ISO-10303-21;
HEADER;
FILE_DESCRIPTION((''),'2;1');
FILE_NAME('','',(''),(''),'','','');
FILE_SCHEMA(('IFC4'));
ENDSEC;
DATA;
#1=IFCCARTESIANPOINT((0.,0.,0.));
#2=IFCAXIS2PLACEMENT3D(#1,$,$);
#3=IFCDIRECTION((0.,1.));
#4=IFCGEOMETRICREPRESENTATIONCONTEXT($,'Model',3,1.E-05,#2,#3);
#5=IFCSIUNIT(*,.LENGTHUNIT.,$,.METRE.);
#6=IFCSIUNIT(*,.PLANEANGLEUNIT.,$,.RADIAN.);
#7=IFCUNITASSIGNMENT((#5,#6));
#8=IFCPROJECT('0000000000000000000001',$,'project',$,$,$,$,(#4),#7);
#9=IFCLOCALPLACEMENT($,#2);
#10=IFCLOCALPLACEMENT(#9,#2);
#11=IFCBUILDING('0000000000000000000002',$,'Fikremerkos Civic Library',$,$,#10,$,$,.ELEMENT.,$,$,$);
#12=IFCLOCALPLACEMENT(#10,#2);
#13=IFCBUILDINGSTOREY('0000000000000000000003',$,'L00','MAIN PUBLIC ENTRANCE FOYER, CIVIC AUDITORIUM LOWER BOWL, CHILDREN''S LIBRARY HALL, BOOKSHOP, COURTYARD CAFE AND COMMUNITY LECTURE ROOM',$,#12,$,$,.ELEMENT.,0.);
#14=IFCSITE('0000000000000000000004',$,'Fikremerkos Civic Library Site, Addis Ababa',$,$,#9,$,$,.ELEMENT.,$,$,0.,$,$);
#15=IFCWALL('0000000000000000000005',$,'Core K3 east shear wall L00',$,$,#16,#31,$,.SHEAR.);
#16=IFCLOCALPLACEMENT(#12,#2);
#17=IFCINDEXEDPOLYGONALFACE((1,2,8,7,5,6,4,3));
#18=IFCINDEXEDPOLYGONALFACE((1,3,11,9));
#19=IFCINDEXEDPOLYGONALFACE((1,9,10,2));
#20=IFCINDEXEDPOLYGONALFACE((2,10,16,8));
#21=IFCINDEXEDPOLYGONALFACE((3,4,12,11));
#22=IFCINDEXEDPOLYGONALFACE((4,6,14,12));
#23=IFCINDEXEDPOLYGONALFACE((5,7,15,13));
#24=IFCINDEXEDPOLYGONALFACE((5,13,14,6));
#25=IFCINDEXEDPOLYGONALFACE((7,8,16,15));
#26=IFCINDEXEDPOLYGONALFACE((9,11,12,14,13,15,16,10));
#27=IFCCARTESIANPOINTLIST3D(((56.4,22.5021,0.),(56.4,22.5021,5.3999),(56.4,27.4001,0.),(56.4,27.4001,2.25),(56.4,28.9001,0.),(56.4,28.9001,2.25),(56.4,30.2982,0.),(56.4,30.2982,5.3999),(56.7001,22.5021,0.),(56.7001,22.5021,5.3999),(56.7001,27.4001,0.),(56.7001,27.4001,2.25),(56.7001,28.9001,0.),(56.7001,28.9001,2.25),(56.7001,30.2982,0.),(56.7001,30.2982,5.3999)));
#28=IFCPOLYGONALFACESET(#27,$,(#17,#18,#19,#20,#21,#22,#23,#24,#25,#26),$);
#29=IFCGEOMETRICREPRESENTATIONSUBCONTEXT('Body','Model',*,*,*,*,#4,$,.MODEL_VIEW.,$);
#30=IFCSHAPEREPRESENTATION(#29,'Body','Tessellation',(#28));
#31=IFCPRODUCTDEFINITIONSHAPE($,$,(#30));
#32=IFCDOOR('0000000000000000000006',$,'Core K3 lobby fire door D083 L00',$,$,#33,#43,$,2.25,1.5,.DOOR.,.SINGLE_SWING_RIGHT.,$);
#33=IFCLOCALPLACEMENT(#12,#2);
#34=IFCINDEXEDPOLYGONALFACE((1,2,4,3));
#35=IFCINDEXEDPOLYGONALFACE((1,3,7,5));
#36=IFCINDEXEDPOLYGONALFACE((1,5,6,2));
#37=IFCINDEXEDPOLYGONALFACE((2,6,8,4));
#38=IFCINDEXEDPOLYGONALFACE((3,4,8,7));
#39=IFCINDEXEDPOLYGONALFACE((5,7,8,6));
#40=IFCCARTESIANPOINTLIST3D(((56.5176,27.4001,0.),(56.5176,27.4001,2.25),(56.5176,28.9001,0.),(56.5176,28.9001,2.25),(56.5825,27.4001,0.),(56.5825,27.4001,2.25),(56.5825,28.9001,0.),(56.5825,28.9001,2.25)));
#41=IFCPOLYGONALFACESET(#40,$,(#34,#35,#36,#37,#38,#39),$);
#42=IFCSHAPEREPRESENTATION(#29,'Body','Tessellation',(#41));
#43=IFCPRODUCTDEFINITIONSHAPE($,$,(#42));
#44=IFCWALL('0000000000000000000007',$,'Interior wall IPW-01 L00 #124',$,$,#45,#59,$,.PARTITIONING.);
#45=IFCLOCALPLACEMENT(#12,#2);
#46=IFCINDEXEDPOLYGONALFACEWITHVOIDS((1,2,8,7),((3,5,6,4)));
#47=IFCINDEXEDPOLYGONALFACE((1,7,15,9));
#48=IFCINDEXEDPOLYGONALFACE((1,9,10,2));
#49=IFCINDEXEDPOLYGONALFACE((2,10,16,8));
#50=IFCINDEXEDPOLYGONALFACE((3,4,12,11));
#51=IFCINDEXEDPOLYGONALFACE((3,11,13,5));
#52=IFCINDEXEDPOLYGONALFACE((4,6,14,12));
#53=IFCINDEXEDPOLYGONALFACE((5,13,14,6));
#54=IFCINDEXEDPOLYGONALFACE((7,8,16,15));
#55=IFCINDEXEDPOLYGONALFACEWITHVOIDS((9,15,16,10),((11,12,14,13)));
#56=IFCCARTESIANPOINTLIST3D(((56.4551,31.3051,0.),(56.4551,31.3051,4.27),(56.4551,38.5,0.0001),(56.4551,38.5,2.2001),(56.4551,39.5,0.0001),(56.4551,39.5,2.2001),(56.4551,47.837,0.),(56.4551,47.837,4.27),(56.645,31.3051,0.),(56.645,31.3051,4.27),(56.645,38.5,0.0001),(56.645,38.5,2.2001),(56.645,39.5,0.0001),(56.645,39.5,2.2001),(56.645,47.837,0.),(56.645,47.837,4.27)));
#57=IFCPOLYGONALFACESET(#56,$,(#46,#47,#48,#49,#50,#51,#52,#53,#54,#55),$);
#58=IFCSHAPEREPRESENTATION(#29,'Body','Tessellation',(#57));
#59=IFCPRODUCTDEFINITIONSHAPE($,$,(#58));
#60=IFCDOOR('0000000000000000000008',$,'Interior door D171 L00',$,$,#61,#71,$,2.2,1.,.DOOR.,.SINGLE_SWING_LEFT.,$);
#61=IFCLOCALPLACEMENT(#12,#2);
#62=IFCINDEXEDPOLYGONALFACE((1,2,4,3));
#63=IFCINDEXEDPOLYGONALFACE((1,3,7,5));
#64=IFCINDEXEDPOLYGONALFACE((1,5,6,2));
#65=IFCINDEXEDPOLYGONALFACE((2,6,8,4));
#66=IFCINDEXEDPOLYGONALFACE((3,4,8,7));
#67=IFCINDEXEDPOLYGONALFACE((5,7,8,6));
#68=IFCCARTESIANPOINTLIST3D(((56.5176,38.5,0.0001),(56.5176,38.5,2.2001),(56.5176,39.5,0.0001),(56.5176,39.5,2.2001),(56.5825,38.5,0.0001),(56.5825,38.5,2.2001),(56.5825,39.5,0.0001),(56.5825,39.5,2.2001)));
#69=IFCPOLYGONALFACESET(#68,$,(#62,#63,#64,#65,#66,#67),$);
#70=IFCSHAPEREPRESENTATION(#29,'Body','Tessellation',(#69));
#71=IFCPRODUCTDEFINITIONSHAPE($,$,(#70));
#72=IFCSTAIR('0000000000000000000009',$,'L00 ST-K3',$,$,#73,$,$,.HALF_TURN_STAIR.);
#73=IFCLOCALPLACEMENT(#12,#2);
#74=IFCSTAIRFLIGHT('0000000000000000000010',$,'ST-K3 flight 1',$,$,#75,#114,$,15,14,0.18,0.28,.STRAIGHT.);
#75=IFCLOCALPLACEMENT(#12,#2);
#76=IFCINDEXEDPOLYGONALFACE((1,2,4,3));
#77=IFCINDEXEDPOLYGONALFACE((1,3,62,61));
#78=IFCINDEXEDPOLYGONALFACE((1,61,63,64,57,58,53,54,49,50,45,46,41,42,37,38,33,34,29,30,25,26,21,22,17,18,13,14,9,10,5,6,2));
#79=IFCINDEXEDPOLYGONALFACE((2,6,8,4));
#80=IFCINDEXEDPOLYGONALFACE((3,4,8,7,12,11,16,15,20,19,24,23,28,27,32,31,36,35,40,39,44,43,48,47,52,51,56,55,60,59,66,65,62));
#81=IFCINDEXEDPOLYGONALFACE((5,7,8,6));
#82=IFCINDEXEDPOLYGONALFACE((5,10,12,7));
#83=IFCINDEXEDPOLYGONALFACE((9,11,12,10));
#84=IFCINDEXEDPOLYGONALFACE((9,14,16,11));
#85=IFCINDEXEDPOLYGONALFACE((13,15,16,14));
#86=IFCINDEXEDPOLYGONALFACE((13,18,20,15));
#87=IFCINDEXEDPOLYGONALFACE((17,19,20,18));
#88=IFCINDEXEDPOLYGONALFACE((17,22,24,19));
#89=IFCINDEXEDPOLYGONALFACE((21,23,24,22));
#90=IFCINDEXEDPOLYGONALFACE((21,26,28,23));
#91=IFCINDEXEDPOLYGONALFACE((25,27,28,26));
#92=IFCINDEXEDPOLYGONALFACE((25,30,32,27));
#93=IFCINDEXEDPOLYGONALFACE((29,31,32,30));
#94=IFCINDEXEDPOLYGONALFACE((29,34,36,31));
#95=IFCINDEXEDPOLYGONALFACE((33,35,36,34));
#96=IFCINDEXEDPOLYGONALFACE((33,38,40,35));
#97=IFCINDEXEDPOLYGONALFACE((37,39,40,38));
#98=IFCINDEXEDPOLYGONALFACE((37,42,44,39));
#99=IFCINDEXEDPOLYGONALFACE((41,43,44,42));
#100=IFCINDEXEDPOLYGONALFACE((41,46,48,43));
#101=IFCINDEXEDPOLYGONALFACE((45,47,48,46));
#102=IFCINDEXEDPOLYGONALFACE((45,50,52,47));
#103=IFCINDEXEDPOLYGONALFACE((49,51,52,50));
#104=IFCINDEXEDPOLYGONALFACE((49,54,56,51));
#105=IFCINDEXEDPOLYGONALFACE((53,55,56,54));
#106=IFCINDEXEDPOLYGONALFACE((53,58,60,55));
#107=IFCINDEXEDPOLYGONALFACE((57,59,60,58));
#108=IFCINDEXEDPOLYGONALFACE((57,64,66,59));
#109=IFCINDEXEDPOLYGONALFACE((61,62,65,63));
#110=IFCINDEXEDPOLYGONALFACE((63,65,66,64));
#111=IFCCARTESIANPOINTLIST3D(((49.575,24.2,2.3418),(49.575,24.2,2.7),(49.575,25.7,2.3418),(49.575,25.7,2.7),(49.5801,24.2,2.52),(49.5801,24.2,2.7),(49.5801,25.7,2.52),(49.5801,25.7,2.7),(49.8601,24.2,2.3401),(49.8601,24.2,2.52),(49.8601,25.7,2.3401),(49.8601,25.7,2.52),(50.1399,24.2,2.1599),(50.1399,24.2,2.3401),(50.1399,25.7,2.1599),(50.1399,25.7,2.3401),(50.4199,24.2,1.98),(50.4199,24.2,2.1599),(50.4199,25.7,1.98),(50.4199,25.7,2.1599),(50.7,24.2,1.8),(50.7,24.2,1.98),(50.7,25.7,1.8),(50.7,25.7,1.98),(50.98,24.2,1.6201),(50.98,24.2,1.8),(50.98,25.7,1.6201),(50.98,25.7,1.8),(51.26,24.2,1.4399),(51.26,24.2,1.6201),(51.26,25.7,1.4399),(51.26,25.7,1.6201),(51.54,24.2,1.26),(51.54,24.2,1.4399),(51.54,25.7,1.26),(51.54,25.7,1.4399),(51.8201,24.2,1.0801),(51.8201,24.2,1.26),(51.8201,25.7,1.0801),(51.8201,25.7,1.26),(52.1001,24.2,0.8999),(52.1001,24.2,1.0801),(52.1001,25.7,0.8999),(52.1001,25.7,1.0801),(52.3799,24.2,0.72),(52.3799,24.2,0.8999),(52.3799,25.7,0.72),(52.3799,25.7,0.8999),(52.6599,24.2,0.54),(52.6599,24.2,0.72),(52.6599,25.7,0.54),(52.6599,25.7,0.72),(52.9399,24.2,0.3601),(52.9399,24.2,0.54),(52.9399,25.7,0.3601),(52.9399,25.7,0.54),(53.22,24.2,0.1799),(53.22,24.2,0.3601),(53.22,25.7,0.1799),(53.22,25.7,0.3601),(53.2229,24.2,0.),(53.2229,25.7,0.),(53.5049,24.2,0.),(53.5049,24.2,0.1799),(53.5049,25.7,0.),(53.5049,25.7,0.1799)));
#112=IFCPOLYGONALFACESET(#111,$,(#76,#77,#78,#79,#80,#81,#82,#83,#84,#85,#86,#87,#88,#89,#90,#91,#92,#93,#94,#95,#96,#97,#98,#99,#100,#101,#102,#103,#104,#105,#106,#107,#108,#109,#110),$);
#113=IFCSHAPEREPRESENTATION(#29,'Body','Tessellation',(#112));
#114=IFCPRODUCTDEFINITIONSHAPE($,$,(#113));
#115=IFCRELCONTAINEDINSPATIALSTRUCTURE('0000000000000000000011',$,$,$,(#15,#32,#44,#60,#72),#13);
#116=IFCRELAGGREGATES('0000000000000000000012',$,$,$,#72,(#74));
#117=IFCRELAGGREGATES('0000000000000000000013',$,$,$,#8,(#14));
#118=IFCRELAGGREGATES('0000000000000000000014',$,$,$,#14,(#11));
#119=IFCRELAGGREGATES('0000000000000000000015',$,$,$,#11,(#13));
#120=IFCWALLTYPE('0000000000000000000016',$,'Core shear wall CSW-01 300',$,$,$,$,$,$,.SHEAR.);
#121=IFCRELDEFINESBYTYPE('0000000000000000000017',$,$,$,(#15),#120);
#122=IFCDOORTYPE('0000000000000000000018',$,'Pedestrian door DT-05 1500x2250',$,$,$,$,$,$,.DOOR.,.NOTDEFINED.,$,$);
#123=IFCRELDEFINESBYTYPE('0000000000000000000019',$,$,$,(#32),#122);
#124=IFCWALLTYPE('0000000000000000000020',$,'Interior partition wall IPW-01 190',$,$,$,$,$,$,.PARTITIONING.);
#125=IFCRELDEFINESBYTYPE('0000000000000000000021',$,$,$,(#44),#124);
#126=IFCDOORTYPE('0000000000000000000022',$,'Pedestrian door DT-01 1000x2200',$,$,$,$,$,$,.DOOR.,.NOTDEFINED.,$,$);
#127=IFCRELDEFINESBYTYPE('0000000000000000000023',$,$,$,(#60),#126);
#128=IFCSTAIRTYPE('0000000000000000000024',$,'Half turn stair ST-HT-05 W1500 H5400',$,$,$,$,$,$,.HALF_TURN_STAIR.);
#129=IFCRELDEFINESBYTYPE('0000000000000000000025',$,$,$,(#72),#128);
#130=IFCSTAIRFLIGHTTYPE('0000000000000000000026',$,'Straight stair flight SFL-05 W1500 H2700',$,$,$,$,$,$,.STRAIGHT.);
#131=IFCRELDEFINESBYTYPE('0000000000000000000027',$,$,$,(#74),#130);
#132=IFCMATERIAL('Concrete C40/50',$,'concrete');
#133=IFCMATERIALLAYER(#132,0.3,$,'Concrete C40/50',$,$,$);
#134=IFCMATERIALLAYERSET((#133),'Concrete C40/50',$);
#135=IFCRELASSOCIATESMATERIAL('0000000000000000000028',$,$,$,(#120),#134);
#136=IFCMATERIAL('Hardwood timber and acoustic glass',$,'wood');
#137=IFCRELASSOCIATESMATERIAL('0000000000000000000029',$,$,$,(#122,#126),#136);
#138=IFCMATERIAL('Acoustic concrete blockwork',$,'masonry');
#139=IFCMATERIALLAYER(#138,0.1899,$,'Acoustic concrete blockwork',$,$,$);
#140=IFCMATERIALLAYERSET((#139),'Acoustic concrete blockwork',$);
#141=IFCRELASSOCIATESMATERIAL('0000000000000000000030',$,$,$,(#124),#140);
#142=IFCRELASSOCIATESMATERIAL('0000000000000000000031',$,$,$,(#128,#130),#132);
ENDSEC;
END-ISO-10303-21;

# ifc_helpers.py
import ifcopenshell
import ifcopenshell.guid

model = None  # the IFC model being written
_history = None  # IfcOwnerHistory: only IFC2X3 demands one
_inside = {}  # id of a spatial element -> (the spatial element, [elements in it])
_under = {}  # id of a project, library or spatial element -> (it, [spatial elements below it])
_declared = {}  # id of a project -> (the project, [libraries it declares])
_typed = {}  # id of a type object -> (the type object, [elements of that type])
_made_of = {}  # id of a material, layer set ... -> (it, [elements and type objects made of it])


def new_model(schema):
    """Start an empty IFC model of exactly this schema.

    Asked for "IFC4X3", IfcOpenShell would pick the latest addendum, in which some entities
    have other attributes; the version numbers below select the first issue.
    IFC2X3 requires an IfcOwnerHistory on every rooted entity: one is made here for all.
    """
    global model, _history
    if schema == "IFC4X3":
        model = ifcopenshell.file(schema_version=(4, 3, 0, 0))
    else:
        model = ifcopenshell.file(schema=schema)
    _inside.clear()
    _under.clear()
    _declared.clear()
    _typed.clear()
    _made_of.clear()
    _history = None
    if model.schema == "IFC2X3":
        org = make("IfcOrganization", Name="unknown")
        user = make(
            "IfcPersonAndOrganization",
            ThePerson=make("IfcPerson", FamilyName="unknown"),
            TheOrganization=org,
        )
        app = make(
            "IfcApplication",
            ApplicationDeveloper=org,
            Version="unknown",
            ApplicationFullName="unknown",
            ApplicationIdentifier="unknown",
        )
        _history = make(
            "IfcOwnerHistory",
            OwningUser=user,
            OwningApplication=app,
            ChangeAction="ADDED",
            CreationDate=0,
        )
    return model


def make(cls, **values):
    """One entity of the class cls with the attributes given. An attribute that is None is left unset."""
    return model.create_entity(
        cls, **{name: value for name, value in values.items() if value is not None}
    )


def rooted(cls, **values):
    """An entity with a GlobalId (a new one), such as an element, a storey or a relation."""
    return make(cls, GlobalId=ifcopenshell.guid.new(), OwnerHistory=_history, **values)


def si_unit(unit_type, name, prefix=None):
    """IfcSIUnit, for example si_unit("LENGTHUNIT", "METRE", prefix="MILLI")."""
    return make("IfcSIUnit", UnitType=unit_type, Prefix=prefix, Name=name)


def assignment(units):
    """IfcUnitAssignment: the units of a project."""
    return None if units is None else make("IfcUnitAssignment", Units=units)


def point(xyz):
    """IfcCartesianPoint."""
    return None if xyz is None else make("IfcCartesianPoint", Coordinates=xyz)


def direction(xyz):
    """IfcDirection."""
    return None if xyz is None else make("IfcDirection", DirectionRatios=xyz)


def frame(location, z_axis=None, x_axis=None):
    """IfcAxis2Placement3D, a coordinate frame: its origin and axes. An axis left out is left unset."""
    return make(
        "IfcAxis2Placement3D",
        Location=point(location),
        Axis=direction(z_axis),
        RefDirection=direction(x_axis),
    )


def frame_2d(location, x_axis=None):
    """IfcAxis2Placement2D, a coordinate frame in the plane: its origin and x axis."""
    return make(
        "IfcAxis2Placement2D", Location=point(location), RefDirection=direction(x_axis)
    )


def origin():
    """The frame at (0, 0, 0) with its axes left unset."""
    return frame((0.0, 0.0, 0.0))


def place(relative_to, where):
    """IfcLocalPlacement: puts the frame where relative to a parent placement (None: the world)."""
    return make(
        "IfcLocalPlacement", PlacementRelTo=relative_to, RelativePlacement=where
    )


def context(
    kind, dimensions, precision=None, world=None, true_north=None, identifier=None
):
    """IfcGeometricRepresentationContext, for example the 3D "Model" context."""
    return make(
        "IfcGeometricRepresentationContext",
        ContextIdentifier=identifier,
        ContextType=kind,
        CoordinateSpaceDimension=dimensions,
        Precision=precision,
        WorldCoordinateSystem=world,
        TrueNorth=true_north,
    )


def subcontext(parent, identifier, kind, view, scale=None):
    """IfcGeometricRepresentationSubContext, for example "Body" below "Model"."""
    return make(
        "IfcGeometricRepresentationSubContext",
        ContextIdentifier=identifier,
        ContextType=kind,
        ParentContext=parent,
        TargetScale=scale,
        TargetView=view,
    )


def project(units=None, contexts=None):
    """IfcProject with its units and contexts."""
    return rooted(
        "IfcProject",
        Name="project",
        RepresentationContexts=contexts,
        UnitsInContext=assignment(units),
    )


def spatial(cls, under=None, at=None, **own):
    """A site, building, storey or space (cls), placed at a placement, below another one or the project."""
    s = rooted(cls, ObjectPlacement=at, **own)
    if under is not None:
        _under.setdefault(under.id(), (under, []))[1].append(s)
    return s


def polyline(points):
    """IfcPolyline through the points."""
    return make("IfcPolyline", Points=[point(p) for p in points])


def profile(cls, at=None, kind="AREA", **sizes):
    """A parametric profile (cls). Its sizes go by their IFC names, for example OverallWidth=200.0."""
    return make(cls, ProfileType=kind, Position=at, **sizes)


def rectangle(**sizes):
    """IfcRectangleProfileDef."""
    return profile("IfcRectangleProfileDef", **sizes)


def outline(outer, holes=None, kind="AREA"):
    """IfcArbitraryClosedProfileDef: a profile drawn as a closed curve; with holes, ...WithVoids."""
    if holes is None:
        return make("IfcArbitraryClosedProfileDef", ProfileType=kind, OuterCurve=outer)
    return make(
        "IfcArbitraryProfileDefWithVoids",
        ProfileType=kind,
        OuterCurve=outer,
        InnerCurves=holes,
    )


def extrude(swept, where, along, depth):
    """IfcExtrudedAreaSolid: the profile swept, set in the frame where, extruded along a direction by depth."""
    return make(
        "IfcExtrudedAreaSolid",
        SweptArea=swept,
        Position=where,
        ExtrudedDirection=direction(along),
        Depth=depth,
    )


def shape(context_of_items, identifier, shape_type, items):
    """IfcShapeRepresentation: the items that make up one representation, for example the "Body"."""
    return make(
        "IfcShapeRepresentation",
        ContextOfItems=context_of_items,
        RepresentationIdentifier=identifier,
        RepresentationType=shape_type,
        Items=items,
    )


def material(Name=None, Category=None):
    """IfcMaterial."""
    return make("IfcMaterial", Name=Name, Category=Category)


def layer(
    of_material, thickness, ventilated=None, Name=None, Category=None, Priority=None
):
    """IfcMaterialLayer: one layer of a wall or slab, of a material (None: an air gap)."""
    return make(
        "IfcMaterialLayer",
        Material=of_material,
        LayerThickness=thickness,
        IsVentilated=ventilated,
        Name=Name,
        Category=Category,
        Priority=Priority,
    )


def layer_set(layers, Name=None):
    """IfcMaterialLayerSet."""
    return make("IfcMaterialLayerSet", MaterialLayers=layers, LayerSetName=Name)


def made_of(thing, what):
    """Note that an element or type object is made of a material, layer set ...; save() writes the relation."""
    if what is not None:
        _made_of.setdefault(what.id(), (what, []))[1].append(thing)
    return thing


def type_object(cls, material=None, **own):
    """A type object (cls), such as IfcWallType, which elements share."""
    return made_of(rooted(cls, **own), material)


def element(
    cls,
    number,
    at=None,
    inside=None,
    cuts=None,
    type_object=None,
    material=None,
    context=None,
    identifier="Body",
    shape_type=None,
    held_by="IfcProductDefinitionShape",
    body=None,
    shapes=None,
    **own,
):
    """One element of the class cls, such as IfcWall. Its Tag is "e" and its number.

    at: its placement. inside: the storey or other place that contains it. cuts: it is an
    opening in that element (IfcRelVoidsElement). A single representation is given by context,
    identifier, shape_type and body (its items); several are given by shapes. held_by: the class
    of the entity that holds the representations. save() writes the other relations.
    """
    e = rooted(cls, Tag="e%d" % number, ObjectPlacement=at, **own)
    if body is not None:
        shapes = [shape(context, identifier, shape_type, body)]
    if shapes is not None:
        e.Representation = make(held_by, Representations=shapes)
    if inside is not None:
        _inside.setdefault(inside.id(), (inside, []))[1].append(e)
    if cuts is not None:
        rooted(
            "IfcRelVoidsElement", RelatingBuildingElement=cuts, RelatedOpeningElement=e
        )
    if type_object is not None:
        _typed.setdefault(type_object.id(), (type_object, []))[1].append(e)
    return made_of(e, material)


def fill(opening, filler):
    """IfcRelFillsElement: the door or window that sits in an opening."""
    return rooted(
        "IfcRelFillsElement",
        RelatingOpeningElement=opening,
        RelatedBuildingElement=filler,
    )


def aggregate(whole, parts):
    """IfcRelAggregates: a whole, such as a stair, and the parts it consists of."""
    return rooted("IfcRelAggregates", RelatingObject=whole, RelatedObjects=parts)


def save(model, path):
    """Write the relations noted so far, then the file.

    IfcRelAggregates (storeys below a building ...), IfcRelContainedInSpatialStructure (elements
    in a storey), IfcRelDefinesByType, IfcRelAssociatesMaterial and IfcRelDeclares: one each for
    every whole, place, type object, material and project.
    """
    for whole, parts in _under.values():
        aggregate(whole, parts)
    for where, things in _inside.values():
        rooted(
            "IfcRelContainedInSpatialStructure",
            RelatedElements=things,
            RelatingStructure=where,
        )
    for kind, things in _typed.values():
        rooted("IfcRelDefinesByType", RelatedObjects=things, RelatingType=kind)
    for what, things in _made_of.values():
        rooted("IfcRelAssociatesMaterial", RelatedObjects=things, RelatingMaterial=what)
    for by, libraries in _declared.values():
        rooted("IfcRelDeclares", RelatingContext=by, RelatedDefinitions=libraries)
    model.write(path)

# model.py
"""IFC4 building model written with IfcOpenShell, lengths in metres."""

from ifc_helpers import new_model, si_unit, direction, frame, frame_2d, origin, place, context, subcontext, project, spatial, polyline, rectangle, outline, extrude, material, layer, layer_set, type_object, element, fill, aggregate, save


model = new_model("IFC4")

# Units and contexts
model_context = context("Model", 3, precision=1e-05, world=origin(), true_north=direction((0.0, 1.0)))
body_context = subcontext(model_context, "Body", "Model", "MODEL_VIEW")
ifc_project = project(units=[si_unit("LENGTHUNIT", "METRE"), si_unit("PLANEANGLEUNIT", "RADIAN")], contexts=[model_context])

# Site, building, storey
site_placement = place(None, origin())
site = spatial("IfcSite", under=ifc_project, at=site_placement, Name="Fikremerkos Civic Library Site, Addis Ababa", CompositionType="ELEMENT", RefElevation=0.0)
building_placement = place(site_placement, origin())
building = spatial("IfcBuilding", under=site, at=building_placement, Name="Fikremerkos Civic Library", CompositionType="ELEMENT")
storey_placement = place(building_placement, origin())
storey = spatial("IfcBuildingStorey", under=building, at=storey_placement, Name="L00", Description="MAIN PUBLIC ENTRANCE FOYER, CIVIC AUDITORIUM LOWER BOWL, CHILDREN'S LIBRARY HALL, BOOKSHOP, COURTYARD CAFE AND COMMUNITY LECTURE ROOM", CompositionType="ELEMENT", Elevation=0.0)

# Shared definitions
ifc_material_1 = material(Name="Concrete C40/50", Category="concrete")

# Walls, openings, doors
ifc_layer_1 = layer(ifc_material_1, 0.3, Name="Concrete C40/50")
ifc_layer_set_1 = layer_set([ifc_layer_1], Name="Concrete C40/50")
wall_type_1 = type_object("IfcWallType", Name="Core shear wall CSW-01 300", PredefinedType="SHEAR", material=ifc_layer_set_1)
wall_1_placement = place(storey_placement, frame((56.55, 30.2981, 0.0), z_axis=(0.0, 0.0, 1.0), x_axis=(0.0, -1.0, 0.0)))
wall_1 = element("IfcWall", 1, at=wall_1_placement, inside=storey, type_object=wall_type_1, Name="Core K3 east shear wall L00", PredefinedType="SHEAR", context=body_context, shape_type="SweptSolid", body=[
    extrude(rectangle(XDim=7.7961, YDim=0.3, at=frame_2d((3.8979, 0.0))), origin(), (0.0, 0.0, 1.0), 5.3999),
])
opening_1_placement = place(wall_1_placement, frame((1.3979, 0.0, 0.0)))
opening_1 = element("IfcOpeningElement", 2, at=opening_1_placement, cuts=wall_1, PredefinedType="OPENING", context=body_context, shape_type="SweptSolid", body=[
    extrude(rectangle(XDim=1.5, YDim=2.25, at=frame_2d((0.75, 1.125))), frame((0.0, 0.1599, 0.0), z_axis=(0.0, -1.0, 0.0), x_axis=(1.0, 0.0, 0.0)), (0.0, 0.0, 1.0), 0.3201),
])
ifc_material_2 = material(Name="Hardwood timber and acoustic glass", Category="wood")
door_type_1 = type_object("IfcDoorType", Name="Pedestrian door DT-05 1500x2250", OperationType="NOTDEFINED", PredefinedType="DOOR", material=ifc_material_2)
door_1_placement = place(opening_1_placement, origin())
door_1 = element("IfcDoor", 3, at=door_1_placement, inside=storey, type_object=door_type_1, Name="Core K3 lobby fire door D083 L00", OperationType="SINGLE_SWING_RIGHT", OverallHeight=2.25, OverallWidth=1.5, PredefinedType="DOOR", context=body_context, shape_type="SweptSolid", body=[
    extrude(rectangle(XDim=1.5, YDim=2.25, at=frame_2d((0.75, 1.125))), frame((0.0, 0.0325, 0.0), z_axis=(0.0, -1.0, 0.0), x_axis=(1.0, 0.0, 0.0)), (0.0, 0.0, 1.0), 0.0649),
])
fill(opening_1, door_1)
ifc_material_3 = material(Name="Acoustic concrete blockwork", Category="masonry")
ifc_layer_2 = layer(ifc_material_3, 0.1899, Name="Acoustic concrete blockwork")
ifc_layer_set_2 = layer_set([ifc_layer_2], Name="Acoustic concrete blockwork")
wall_type_2 = type_object("IfcWallType", Name="Interior partition wall IPW-01 190", PredefinedType="PARTITIONING", material=ifc_layer_set_2)
wall_2_placement = place(storey_placement, frame((56.55, 31.3049, 0.0), z_axis=(0.0, 0.0, 1.0), x_axis=(0.0, 1.0, 0.0)))
wall_2 = element("IfcWall", 4, at=wall_2_placement, inside=storey, type_object=wall_type_2, Name="Interior wall IPW-01 L00 #124", PredefinedType="PARTITIONING", context=body_context, shape_type="SweptSolid", body=[
    extrude(rectangle(XDim=16.532, YDim=0.1899, at=frame_2d((8.2661, 0.0))), origin(), (0.0, 0.0, 1.0), 4.27),
])
opening_2_placement = place(wall_2_placement, frame((7.1951, 0.0, 0.0)))
opening_2 = element("IfcOpeningElement", 5, at=opening_2_placement, cuts=wall_2, PredefinedType="OPENING", context=body_context, shape_type="SweptSolid", body=[
    extrude(rectangle(XDim=1.0, YDim=2.2, at=frame_2d((0.5, 1.1001))), frame((0.0, 0.105, 0.0), z_axis=(0.0, -1.0, 0.0), x_axis=(1.0, 0.0, 0.0)), (0.0, 0.0, 1.0), 0.21),
])
door_type_2 = type_object("IfcDoorType", Name="Pedestrian door DT-01 1000x2200", OperationType="NOTDEFINED", PredefinedType="DOOR", material=ifc_material_2)
door_2_placement = place(opening_2_placement, origin())
door_2 = element("IfcDoor", 6, at=door_2_placement, inside=storey, type_object=door_type_2, Name="Interior door D171 L00", OperationType="SINGLE_SWING_LEFT", OverallHeight=2.2, OverallWidth=1.0, PredefinedType="DOOR", context=body_context, shape_type="SweptSolid", body=[
    extrude(rectangle(XDim=1.0, YDim=2.2, at=frame_2d((0.5, 1.1001))), frame((0.0, 0.0325, 0.0), z_axis=(0.0, -1.0, 0.0), x_axis=(1.0, 0.0, 0.0)), (0.0, 0.0, 1.0), 0.0649),
])
fill(opening_2, door_2)

# Stair, stair flight
stair_type = type_object("IfcStairType", Name="Half turn stair ST-HT-05 W1500 H5400", PredefinedType="HALF_TURN_STAIR", material=ifc_material_1)
stair_placement = place(storey_placement, origin())
stair = element("IfcStair", 7, at=stair_placement, inside=storey, type_object=stair_type, Name="L00 ST-K3", PredefinedType="HALF_TURN_STAIR")
stair_flight_type = type_object("IfcStairFlightType", Name="Straight stair flight SFL-05 W1500 H2700", PredefinedType="STRAIGHT", material=ifc_material_1)
stair_flight_placement = place(storey_placement, frame((53.5, 24.95, 0.0), z_axis=(0.0, 0.0, 1.0), x_axis=(-1.0, 0.0, 0.0)))
stair_flight = element("IfcStairFlight", 8, at=stair_flight_placement, type_object=stair_flight_type, Name="ST-K3 flight 1", NumberOfRisers=15, NumberOfTreads=14, PredefinedType="STRAIGHT", RiserHeight=0.18, TreadLength=0.28, context=body_context, shape_type="SweptSolid", body=[
    extrude(outline(polyline([(-0.0049, 0.0), (-0.0049, 0.1799), (0.28, 0.1799), (0.28, 0.3601), (0.5601, 0.3601), (0.5601, 0.54), (0.8401, 0.54), (0.8401, 0.72), (1.1201, 0.72), (1.1201, 0.8999), (1.3999, 0.8999), (1.3999, 1.0801), (1.6799, 1.0801), (1.6799, 1.26), (1.96, 1.26), (1.96, 1.4399), (2.24, 1.4399), (2.24, 1.6201), (2.52, 1.6201), (2.52, 1.8), (2.8, 1.8), (2.8, 1.98), (3.0801, 1.98), (3.0801, 2.1599), (3.3601, 2.1599), (3.3601, 2.3401), (3.6399, 2.3401), (3.6399, 2.52), (3.9199, 2.52), (3.9199, 2.7), (3.925, 2.7), (3.925, 2.3418), (0.2771, 0.0), (-0.0049, 0.0)])), frame((0.0, 0.75, 0.0), z_axis=(0.0, -1.0, 0.0), x_axis=(1.0, 0.0, 0.0)), (0.0, 0.0, 1.0), 1.5),
])
aggregate(stair, [stair_flight])

save(model, "model.ifc")
